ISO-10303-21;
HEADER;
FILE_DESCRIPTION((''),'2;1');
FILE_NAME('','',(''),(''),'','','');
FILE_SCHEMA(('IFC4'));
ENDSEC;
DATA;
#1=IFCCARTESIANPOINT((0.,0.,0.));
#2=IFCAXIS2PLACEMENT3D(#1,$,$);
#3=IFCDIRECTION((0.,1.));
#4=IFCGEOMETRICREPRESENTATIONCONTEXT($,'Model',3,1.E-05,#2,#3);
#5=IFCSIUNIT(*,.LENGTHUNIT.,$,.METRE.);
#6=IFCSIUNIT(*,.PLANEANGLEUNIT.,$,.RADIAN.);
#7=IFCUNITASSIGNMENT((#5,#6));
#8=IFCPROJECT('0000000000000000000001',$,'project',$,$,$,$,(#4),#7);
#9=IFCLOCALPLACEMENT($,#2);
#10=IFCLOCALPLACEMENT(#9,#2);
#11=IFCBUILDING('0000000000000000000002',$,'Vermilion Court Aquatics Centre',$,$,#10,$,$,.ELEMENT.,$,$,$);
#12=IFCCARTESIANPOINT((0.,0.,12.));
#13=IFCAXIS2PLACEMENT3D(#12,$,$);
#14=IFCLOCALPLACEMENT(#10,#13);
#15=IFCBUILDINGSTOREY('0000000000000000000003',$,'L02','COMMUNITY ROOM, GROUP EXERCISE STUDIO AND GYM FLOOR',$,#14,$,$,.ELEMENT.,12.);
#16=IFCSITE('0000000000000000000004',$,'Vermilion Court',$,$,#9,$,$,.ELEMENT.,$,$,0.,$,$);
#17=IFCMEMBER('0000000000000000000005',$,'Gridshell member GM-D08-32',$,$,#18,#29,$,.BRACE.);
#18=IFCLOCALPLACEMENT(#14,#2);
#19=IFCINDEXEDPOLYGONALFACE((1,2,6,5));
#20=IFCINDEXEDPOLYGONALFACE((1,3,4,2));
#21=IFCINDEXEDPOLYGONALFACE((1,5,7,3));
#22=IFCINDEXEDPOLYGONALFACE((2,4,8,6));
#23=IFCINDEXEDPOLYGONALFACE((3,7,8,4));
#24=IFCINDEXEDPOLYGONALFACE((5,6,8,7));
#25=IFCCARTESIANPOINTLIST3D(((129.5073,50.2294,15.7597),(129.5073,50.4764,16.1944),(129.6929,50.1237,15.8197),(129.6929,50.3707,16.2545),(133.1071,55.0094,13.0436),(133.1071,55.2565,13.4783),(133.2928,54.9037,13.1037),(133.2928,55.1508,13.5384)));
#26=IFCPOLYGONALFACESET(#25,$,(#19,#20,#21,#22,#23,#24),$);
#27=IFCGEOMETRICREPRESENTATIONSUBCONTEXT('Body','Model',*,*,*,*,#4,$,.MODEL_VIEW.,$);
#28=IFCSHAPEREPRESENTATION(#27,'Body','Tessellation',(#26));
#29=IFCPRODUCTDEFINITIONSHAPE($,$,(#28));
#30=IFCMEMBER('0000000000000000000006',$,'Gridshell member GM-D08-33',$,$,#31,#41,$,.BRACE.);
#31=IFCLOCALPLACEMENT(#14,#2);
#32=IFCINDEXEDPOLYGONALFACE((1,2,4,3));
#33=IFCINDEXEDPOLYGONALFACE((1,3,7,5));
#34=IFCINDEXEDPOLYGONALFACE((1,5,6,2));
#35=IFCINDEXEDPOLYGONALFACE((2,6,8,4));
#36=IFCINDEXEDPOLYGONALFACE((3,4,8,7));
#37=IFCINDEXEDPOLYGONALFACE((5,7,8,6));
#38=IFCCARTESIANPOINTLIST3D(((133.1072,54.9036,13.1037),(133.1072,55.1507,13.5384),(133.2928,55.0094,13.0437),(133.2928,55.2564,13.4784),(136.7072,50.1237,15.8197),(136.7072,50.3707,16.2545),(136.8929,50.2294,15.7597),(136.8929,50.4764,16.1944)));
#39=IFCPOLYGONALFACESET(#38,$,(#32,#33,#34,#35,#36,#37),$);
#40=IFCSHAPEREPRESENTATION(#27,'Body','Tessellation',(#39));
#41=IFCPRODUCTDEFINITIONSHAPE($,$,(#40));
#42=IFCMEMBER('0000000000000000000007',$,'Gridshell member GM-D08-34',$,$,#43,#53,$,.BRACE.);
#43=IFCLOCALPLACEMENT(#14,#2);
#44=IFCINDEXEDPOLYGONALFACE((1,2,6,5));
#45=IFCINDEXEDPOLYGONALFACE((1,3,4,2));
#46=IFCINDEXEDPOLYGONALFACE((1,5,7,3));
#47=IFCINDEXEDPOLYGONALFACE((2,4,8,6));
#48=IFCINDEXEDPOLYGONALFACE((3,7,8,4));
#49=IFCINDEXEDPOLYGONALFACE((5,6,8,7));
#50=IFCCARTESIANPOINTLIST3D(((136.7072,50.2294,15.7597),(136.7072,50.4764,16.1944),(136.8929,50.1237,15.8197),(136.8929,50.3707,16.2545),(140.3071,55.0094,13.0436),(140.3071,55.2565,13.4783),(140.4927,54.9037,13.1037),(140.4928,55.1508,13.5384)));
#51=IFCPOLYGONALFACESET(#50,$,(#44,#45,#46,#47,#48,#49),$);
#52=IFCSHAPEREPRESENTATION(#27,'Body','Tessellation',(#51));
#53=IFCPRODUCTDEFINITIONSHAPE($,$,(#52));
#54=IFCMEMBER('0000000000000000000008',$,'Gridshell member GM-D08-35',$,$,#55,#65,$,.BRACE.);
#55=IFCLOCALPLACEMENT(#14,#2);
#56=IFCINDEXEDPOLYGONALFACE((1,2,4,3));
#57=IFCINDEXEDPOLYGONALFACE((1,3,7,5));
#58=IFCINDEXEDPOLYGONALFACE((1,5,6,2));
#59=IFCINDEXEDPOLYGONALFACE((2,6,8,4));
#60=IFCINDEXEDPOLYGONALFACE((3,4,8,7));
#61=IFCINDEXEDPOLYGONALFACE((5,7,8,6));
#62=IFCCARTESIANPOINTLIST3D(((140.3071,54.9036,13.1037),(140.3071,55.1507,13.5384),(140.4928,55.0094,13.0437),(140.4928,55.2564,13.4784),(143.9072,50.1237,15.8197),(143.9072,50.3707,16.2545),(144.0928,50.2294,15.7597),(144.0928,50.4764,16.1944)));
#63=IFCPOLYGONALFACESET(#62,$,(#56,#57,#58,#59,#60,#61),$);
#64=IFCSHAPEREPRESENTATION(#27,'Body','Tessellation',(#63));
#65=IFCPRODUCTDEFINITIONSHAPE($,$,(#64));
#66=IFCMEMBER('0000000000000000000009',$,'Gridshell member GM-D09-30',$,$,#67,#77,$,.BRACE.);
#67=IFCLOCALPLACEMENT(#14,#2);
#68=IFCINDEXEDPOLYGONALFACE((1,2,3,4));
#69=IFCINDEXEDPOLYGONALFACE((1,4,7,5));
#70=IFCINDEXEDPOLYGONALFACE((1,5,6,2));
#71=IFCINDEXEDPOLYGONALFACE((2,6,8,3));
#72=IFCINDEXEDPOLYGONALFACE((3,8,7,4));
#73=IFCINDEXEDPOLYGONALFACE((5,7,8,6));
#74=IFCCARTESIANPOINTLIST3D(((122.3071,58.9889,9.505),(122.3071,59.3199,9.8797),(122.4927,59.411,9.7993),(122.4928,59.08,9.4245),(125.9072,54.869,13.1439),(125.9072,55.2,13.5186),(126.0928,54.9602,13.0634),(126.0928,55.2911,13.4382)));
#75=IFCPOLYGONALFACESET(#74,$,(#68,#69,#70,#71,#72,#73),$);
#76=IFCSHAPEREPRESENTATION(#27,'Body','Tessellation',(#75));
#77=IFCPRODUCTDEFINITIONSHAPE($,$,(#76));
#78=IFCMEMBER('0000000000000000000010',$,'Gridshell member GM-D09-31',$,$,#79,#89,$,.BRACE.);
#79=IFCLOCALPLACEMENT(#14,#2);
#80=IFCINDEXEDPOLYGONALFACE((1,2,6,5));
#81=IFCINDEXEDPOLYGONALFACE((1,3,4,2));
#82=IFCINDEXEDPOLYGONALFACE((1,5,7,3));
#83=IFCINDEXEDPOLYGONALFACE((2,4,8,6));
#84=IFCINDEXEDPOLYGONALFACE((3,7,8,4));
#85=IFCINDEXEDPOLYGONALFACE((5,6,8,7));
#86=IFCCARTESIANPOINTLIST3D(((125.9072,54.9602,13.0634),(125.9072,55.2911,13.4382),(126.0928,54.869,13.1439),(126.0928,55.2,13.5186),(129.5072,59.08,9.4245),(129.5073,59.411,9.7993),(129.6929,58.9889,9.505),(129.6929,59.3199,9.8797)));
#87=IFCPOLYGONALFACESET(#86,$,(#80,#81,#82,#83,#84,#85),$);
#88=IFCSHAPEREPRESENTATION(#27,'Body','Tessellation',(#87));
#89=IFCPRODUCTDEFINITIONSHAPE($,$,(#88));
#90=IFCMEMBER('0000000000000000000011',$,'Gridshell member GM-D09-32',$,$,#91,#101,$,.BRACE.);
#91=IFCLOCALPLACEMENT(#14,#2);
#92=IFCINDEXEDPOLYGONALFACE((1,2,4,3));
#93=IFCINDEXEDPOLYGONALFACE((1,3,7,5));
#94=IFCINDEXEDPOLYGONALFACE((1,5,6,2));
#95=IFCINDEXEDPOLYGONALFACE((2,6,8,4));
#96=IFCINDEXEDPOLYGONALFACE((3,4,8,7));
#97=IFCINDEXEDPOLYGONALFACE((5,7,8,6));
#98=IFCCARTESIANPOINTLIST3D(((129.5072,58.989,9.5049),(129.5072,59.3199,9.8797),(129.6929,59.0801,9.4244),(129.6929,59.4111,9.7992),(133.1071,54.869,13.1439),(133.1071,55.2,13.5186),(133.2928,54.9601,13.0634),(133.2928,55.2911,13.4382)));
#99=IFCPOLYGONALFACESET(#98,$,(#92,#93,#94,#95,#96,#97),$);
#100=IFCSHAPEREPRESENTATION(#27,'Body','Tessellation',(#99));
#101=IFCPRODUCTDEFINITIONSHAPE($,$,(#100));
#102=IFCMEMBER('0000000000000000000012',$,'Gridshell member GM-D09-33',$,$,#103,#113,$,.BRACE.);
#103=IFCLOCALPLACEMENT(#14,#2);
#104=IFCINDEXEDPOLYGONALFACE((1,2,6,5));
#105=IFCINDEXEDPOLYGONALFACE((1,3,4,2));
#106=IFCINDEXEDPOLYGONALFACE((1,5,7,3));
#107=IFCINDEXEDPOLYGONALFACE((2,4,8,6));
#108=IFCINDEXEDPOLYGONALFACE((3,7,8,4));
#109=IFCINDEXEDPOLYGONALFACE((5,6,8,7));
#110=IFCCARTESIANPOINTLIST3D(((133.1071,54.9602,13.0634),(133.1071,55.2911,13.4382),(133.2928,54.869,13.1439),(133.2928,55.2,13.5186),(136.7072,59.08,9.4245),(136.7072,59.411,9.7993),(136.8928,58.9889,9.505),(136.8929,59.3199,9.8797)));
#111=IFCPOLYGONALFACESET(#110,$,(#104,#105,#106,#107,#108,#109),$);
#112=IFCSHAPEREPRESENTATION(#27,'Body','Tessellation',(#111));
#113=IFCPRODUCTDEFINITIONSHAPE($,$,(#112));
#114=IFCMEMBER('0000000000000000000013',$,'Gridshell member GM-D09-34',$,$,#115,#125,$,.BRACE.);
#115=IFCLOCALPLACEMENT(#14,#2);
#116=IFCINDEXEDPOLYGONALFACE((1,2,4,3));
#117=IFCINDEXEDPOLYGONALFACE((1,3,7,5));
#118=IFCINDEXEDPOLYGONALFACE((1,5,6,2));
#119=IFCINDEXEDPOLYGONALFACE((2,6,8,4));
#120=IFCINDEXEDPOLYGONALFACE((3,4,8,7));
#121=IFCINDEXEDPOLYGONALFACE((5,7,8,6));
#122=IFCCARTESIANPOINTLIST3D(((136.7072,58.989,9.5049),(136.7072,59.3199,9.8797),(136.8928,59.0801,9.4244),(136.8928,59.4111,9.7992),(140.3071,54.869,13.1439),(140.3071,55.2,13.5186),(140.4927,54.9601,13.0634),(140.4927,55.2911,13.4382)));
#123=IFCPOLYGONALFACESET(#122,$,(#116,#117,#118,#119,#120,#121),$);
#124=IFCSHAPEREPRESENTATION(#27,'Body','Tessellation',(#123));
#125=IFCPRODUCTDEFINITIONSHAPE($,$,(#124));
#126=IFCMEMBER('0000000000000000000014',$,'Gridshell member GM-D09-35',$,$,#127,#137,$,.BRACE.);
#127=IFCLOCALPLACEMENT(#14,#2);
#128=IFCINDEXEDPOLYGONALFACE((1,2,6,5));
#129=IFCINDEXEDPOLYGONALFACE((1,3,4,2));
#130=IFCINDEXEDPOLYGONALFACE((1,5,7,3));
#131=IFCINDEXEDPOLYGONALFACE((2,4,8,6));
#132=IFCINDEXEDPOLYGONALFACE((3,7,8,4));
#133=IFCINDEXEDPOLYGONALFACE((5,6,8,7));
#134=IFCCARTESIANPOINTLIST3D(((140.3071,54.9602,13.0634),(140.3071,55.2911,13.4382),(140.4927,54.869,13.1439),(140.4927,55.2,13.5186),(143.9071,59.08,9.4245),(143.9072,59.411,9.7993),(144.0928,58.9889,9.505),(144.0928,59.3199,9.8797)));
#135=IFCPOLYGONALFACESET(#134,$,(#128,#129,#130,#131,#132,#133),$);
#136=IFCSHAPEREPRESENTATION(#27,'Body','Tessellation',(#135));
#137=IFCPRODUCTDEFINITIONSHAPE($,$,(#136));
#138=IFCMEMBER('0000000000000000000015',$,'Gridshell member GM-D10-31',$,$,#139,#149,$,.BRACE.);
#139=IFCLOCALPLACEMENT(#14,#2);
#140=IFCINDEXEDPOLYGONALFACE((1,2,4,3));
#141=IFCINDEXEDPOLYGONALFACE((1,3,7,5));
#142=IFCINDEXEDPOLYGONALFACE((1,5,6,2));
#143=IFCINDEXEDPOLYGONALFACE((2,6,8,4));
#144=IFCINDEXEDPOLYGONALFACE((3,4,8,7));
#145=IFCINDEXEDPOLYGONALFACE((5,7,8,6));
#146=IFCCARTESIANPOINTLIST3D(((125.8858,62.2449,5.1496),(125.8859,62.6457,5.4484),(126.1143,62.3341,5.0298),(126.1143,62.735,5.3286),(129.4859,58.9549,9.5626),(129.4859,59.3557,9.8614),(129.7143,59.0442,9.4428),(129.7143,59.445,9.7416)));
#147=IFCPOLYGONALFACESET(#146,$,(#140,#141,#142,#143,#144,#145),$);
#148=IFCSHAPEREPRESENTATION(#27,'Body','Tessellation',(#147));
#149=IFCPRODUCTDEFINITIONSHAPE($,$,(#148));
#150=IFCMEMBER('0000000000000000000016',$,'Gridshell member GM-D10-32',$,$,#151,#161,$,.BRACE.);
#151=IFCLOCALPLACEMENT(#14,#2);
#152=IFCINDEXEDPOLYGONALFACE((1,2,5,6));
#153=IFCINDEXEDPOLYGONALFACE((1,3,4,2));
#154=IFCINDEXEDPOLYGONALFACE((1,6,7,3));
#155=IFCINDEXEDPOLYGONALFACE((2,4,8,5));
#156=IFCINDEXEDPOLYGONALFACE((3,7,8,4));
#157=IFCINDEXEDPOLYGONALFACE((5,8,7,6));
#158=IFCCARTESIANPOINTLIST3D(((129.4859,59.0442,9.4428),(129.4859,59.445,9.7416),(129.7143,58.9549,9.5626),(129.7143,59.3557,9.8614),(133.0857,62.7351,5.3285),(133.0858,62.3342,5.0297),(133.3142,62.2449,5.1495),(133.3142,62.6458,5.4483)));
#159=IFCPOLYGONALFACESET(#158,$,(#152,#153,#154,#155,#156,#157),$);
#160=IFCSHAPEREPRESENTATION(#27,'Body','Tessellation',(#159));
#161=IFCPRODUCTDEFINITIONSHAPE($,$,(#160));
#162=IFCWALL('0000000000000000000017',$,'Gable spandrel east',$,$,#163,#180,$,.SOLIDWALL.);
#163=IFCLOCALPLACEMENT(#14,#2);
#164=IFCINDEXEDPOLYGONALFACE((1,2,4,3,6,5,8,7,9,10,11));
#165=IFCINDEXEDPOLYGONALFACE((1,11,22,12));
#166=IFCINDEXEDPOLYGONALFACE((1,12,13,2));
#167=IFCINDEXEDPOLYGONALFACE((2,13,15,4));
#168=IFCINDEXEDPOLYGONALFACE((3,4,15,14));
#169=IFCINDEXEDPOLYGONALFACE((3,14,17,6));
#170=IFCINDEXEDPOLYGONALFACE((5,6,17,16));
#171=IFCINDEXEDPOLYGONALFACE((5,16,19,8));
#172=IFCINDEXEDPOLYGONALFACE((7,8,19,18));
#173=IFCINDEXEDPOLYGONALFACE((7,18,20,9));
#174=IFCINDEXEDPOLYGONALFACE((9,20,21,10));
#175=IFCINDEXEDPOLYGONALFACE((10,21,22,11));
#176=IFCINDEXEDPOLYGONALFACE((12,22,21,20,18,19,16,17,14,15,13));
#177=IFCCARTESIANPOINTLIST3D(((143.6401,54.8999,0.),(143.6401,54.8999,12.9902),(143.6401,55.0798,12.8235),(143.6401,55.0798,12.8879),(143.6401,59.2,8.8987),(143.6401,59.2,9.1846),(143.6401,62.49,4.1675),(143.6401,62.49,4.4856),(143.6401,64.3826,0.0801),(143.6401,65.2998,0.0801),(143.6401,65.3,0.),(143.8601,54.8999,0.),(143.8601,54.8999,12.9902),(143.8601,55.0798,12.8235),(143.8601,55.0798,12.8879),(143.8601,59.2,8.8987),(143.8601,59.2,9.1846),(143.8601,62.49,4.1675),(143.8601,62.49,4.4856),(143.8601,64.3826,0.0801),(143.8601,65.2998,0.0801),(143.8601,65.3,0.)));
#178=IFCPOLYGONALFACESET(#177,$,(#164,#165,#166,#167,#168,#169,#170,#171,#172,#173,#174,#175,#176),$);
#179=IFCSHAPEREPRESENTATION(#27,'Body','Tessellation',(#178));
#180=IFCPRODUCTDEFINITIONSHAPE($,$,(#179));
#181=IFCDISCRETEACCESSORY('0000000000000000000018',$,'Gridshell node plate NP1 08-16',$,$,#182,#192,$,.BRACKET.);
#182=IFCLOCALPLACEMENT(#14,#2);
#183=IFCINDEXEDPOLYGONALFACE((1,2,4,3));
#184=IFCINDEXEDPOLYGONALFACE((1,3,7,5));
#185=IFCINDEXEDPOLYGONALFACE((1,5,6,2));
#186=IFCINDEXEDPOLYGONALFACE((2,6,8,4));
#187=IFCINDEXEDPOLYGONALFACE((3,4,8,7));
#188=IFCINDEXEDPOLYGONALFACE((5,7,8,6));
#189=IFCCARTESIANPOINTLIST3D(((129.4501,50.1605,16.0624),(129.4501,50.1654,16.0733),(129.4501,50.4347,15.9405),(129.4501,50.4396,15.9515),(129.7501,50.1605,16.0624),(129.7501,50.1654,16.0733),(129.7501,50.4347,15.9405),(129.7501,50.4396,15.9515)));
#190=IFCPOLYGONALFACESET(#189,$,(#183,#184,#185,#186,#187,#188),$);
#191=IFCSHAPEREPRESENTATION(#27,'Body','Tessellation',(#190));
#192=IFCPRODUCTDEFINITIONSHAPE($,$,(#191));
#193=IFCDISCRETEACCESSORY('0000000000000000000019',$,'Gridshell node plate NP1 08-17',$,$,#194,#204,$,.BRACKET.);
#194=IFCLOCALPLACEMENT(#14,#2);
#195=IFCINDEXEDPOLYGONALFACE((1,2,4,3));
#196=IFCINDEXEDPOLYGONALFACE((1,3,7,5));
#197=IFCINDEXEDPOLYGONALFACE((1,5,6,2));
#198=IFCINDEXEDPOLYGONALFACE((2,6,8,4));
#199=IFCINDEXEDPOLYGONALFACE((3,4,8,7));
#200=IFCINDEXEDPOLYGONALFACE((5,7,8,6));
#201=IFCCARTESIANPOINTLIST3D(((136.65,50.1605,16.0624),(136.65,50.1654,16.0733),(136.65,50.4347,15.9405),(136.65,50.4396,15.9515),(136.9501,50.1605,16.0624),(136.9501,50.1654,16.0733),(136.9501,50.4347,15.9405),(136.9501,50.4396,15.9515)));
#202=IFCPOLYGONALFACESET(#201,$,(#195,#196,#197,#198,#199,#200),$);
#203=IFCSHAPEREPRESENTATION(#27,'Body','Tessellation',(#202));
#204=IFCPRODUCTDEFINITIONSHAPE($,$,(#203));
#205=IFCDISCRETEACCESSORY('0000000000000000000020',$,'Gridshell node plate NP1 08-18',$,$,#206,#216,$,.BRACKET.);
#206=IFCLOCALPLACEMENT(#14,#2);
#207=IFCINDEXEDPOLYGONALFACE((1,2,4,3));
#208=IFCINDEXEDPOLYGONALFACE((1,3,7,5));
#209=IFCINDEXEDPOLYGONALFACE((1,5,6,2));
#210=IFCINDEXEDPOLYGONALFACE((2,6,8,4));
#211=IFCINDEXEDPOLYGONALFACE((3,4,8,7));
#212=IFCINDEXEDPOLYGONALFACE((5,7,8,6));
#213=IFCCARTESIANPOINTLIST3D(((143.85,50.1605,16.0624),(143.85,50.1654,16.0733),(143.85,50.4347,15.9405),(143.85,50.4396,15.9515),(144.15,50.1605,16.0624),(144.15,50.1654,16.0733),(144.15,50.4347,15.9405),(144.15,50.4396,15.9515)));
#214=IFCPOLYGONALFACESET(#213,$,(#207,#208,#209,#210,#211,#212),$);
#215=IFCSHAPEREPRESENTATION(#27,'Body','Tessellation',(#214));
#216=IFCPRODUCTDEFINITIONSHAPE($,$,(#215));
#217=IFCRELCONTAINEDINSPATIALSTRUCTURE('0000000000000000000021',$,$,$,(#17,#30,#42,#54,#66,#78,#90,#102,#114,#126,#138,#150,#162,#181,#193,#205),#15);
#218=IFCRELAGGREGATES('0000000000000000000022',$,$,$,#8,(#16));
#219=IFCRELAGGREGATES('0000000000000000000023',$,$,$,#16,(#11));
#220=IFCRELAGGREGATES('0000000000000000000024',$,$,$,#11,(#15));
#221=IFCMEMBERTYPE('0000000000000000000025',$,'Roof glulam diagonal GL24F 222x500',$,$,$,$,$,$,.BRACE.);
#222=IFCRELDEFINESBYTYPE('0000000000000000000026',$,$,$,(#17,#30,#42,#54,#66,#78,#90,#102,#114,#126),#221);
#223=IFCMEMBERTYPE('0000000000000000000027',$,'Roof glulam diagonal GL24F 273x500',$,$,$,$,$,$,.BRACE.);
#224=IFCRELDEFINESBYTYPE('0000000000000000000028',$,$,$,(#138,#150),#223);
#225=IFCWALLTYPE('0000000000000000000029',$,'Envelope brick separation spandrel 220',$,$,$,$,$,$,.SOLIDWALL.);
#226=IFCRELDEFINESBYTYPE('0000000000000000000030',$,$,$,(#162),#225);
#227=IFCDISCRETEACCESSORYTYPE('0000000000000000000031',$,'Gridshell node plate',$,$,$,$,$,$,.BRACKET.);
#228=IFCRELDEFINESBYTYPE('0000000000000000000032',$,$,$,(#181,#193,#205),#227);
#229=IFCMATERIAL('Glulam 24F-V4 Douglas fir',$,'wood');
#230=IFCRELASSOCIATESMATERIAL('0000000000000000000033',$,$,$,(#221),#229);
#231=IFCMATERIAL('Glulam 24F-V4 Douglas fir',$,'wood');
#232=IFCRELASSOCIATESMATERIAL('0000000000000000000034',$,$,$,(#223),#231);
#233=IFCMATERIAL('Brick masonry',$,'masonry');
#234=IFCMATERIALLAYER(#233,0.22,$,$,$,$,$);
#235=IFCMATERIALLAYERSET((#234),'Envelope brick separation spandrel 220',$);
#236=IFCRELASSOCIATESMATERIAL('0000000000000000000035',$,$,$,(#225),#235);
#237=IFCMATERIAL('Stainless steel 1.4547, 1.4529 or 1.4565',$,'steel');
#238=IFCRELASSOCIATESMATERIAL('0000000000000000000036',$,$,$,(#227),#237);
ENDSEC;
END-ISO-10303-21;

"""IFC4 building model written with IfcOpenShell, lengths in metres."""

from ifc_helpers import new_model, si_unit, direction, frame, origin, origin_2d, place, context, subcontext, project, spatial, polyline, rectangle, outline, extrude, material, layer, layer_set, material_profile, profile_set, type_object, element, save


model = new_model("IFC4")

# Units and contexts
model_context = context("Model", 3, precision=1e-05, world=origin(), true_north=direction((0.0, 1.0)))
body_context = subcontext(model_context, "Body", "Model", "MODEL_VIEW")
ifc_project = project(units=[si_unit("LENGTHUNIT", "METRE"), si_unit("PLANEANGLEUNIT", "RADIAN")], contexts=[model_context])

# Site, building, storey
site_placement = place(None, origin())
site = spatial("IfcSite", under=ifc_project, at=site_placement, Name="Vermilion Court", CompositionType="ELEMENT", RefElevation=0.0)
building_placement = place(site_placement, origin())
building = spatial("IfcBuilding", under=site, at=building_placement, Name="Vermilion Court Aquatics Centre", CompositionType="ELEMENT")
storey_placement = place(building_placement, frame((0.0, 0.0, 12.0)))
storey = spatial("IfcBuildingStorey", under=building, at=storey_placement, Name="L02", Description="COMMUNITY ROOM, GROUP EXERCISE STUDIO AND GYM FLOOR", CompositionType="ELEMENT", Elevation=12.0)

# Members
ifc_material_1 = material(Name="Glulam 24F-V4 Douglas fir", Category="wood")
ifc_material_profile_1 = material_profile(ifc_material_1, rectangle(XDim=0.2219, YDim=0.5, at=origin_2d()), Name="GL24F 222x500")
ifc_profile_set_1 = profile_set([ifc_material_profile_1], Name="Glulam 24F-V4 Douglas fir")
member_type_1 = type_object("IfcMemberType", Name="Roof glulam diagonal GL24F 222x500", PredefinedType="BRACE", material=ifc_profile_set_1)
for number, where, z_axis, x_axis, name in (
    (1, (129.6001, 50.3, 16.0071), (0.547798, 0.727388, -0.41331), (-0.836611, 0.476285, -0.27062), "Gridshell member GM-D08-32"),
    (2, (136.8, 50.3, 16.0071), (-0.547824, 0.727373, -0.413301), (-0.836594, -0.476314, 0.270621), "Gridshell member GM-D08-33"),
    (3, (136.8, 50.3, 16.0071), (0.547798, 0.727388, -0.41331), (-0.836611, 0.476285, -0.27062), "Gridshell member GM-D08-34"),
    (4, (144.0, 50.3, 16.0071), (-0.547824, 0.727373, -0.413301), (-0.836594, -0.476314, 0.270621), "Gridshell member GM-D08-35"),
):
    element("IfcMember", number, at=place(storey_placement, frame(where, z_axis=z_axis, x_axis=x_axis)), inside=storey, type_object=member_type_1, Name=name, PredefinedType="BRACE", context=body_context, shape_type="SweptSolid", body=[
        extrude(rectangle(XDim=0.2219, YDim=0.5, at=origin_2d()), origin(), (0.0, 0.0, 1.0), 6.5715),
    ])
for number, where, z_axis, x_axis, name in (
    (5, (126.0, 55.0801, 13.291), (-0.547891, 0.626995, -0.553799), (-0.83655, -0.410685, 0.362661), "Gridshell member GM-D09-30"),
    (6, (126.0, 55.0801, 13.291), (0.547891, 0.626995, -0.553799), (-0.83655, 0.410685, -0.362661), "Gridshell member GM-D09-31"),
    (7, (133.2, 55.0801, 13.291), (-0.547865, 0.627007, -0.55381), (-0.836567, -0.410653, 0.362657), "Gridshell member GM-D09-32"),
    (8, (133.2, 55.0801, 13.291), (0.547891, 0.626995, -0.553799), (-0.83655, 0.410685, -0.362661), "Gridshell member GM-D09-33"),
    (9, (140.3999, 55.0801, 13.291), (-0.547865, 0.627007, -0.55381), (-0.836567, -0.410653, 0.362657), "Gridshell member GM-D09-34"),
    (10, (140.3999, 55.0801, 13.291), (0.547891, 0.626995, -0.553799), (-0.83655, 0.410685, -0.362661), "Gridshell member GM-D09-35"),
):
    element("IfcMember", number, at=place(storey_placement, frame(where, z_axis=z_axis, x_axis=x_axis)), inside=storey, type_object=member_type_1, Name=name, PredefinedType="BRACE", context=body_context, shape_type="SweptSolid", body=[
        extrude(rectangle(XDim=0.2219, YDim=0.5, at=origin_2d()), origin(), (0.0, 0.0, 1.0), 6.5708),
    ])
ifc_material_2 = material(Name="Glulam 24F-V4 Douglas fir", Category="wood")
ifc_material_profile_2 = material_profile(ifc_material_2, rectangle(XDim=0.2729, YDim=0.5, at=origin_2d()), Name="GL24F 273x500")
ifc_profile_set_2 = profile_set([ifc_material_profile_2], Name="Glulam 24F-V4 Douglas fir")
member_type_2 = type_object("IfcMemberType", Name="Roof glulam diagonal GL24F 273x500", PredefinedType="BRACE", material=ifc_profile_set_2)
for number, where, z_axis, x_axis, name in (
    (11, (129.6001, 59.2, 9.6521), (-0.547355, 0.500214, -0.670961), (-0.836901, -0.327117, 0.438853), "Gridshell member GM-D10-31"),
    (12, (129.6001, 59.2, 9.6521), (0.547329, 0.500224, -0.670974), (-0.836918, 0.327083, -0.438846), "Gridshell member GM-D10-32"),
):
    element("IfcMember", number, at=place(storey_placement, frame(where, z_axis=z_axis, x_axis=x_axis)), inside=storey, type_object=member_type_2, Name=name, PredefinedType="BRACE", context=body_context, shape_type="SweptSolid", body=[
        extrude(rectangle(XDim=0.2729, YDim=0.5, at=origin_2d()), origin(), (0.0, 0.0, 1.0), 6.5771),
    ])

# Wall
ifc_material_3 = material(Name="Brick masonry", Category="masonry")
ifc_layer = layer(ifc_material_3, 0.22)
ifc_layer_set = layer_set([ifc_layer], Name="Envelope brick separation spandrel 220")
wall_type = type_object("IfcWallType", Name="Envelope brick separation spandrel 220", PredefinedType="SOLIDWALL", material=ifc_layer_set)
wall_placement = place(storey_placement, frame((143.75, 54.8999, 0.0), z_axis=(0.0, 0.0, 1.0), x_axis=(0.0, 1.0, 0.0)))
element("IfcWall", 13, at=wall_placement, inside=storey, type_object=wall_type, Name="Gable spandrel east", PredefinedType="SOLIDWALL", context=body_context, shape_type="SweptSolid", body=[
    extrude(outline(polyline([(0.0, 0.0), (10.4001, 0.0), (10.3999, 0.0801), (9.4827, 0.0801), (7.5901, 4.1675), (7.5901, 4.4856), (4.3, 8.8987), (4.3, 9.1846), (0.1799, 12.8235), (0.1799, 12.8879), (0.0, 12.9902), (0.0, 0.0)])), frame((0.0, 0.1099, 0.0), z_axis=(0.0, -1.0, 0.0), x_axis=(1.0, 0.0, 0.0)), (0.0, 0.0, 1.0), 0.22),
])

# Discrete accessories
ifc_material_4 = material(Name="Stainless steel 1.4547, 1.4529 or 1.4565", Category="steel")
ifc_material_profile_3 = material_profile(ifc_material_4, rectangle(XDim=0.3, YDim=0.3, at=origin_2d()), Name="PL 12 x 300 x 300")
ifc_profile_set_3 = profile_set([ifc_material_profile_3], Name="Stainless steel 1.4547, 1.4529 or 1.4565")
discrete_accessory_type = type_object("IfcDiscreteAccessoryType", Name="Gridshell node plate", PredefinedType="BRACKET", material=ifc_profile_set_3)
for number, where, z_axis, x_axis, name in (
    (14, (129.6001, 50.2976, 16.0015), (0.0, 0.406138, 0.913812), (-1.0, 0.0, 0.0), "Gridshell node plate NP1 08-16"),
    (15, (136.8, 50.2976, 16.0015), (0.0, 0.406138, 0.913812), (-1.0, 0.0, 0.0), "Gridshell node plate NP1 08-17"),
    (16, (144.0, 50.2976, 16.0015), (0.0, 0.406138, 0.913812), (-1.0, 0.0, 0.0), "Gridshell node plate NP1 08-18"),
):
    element("IfcDiscreteAccessory", number, at=place(storey_placement, frame(where, z_axis=z_axis, x_axis=x_axis)), inside=storey, type_object=discrete_accessory_type, Name=name, PredefinedType="BRACKET", context=body_context, shape_type="SweptSolid", body=[
        extrude(rectangle(XDim=0.3, YDim=0.3, at=origin_2d()), origin(), (0.0, 0.0, 1.0), 0.012),
    ])

save(model, "model.ifc")
